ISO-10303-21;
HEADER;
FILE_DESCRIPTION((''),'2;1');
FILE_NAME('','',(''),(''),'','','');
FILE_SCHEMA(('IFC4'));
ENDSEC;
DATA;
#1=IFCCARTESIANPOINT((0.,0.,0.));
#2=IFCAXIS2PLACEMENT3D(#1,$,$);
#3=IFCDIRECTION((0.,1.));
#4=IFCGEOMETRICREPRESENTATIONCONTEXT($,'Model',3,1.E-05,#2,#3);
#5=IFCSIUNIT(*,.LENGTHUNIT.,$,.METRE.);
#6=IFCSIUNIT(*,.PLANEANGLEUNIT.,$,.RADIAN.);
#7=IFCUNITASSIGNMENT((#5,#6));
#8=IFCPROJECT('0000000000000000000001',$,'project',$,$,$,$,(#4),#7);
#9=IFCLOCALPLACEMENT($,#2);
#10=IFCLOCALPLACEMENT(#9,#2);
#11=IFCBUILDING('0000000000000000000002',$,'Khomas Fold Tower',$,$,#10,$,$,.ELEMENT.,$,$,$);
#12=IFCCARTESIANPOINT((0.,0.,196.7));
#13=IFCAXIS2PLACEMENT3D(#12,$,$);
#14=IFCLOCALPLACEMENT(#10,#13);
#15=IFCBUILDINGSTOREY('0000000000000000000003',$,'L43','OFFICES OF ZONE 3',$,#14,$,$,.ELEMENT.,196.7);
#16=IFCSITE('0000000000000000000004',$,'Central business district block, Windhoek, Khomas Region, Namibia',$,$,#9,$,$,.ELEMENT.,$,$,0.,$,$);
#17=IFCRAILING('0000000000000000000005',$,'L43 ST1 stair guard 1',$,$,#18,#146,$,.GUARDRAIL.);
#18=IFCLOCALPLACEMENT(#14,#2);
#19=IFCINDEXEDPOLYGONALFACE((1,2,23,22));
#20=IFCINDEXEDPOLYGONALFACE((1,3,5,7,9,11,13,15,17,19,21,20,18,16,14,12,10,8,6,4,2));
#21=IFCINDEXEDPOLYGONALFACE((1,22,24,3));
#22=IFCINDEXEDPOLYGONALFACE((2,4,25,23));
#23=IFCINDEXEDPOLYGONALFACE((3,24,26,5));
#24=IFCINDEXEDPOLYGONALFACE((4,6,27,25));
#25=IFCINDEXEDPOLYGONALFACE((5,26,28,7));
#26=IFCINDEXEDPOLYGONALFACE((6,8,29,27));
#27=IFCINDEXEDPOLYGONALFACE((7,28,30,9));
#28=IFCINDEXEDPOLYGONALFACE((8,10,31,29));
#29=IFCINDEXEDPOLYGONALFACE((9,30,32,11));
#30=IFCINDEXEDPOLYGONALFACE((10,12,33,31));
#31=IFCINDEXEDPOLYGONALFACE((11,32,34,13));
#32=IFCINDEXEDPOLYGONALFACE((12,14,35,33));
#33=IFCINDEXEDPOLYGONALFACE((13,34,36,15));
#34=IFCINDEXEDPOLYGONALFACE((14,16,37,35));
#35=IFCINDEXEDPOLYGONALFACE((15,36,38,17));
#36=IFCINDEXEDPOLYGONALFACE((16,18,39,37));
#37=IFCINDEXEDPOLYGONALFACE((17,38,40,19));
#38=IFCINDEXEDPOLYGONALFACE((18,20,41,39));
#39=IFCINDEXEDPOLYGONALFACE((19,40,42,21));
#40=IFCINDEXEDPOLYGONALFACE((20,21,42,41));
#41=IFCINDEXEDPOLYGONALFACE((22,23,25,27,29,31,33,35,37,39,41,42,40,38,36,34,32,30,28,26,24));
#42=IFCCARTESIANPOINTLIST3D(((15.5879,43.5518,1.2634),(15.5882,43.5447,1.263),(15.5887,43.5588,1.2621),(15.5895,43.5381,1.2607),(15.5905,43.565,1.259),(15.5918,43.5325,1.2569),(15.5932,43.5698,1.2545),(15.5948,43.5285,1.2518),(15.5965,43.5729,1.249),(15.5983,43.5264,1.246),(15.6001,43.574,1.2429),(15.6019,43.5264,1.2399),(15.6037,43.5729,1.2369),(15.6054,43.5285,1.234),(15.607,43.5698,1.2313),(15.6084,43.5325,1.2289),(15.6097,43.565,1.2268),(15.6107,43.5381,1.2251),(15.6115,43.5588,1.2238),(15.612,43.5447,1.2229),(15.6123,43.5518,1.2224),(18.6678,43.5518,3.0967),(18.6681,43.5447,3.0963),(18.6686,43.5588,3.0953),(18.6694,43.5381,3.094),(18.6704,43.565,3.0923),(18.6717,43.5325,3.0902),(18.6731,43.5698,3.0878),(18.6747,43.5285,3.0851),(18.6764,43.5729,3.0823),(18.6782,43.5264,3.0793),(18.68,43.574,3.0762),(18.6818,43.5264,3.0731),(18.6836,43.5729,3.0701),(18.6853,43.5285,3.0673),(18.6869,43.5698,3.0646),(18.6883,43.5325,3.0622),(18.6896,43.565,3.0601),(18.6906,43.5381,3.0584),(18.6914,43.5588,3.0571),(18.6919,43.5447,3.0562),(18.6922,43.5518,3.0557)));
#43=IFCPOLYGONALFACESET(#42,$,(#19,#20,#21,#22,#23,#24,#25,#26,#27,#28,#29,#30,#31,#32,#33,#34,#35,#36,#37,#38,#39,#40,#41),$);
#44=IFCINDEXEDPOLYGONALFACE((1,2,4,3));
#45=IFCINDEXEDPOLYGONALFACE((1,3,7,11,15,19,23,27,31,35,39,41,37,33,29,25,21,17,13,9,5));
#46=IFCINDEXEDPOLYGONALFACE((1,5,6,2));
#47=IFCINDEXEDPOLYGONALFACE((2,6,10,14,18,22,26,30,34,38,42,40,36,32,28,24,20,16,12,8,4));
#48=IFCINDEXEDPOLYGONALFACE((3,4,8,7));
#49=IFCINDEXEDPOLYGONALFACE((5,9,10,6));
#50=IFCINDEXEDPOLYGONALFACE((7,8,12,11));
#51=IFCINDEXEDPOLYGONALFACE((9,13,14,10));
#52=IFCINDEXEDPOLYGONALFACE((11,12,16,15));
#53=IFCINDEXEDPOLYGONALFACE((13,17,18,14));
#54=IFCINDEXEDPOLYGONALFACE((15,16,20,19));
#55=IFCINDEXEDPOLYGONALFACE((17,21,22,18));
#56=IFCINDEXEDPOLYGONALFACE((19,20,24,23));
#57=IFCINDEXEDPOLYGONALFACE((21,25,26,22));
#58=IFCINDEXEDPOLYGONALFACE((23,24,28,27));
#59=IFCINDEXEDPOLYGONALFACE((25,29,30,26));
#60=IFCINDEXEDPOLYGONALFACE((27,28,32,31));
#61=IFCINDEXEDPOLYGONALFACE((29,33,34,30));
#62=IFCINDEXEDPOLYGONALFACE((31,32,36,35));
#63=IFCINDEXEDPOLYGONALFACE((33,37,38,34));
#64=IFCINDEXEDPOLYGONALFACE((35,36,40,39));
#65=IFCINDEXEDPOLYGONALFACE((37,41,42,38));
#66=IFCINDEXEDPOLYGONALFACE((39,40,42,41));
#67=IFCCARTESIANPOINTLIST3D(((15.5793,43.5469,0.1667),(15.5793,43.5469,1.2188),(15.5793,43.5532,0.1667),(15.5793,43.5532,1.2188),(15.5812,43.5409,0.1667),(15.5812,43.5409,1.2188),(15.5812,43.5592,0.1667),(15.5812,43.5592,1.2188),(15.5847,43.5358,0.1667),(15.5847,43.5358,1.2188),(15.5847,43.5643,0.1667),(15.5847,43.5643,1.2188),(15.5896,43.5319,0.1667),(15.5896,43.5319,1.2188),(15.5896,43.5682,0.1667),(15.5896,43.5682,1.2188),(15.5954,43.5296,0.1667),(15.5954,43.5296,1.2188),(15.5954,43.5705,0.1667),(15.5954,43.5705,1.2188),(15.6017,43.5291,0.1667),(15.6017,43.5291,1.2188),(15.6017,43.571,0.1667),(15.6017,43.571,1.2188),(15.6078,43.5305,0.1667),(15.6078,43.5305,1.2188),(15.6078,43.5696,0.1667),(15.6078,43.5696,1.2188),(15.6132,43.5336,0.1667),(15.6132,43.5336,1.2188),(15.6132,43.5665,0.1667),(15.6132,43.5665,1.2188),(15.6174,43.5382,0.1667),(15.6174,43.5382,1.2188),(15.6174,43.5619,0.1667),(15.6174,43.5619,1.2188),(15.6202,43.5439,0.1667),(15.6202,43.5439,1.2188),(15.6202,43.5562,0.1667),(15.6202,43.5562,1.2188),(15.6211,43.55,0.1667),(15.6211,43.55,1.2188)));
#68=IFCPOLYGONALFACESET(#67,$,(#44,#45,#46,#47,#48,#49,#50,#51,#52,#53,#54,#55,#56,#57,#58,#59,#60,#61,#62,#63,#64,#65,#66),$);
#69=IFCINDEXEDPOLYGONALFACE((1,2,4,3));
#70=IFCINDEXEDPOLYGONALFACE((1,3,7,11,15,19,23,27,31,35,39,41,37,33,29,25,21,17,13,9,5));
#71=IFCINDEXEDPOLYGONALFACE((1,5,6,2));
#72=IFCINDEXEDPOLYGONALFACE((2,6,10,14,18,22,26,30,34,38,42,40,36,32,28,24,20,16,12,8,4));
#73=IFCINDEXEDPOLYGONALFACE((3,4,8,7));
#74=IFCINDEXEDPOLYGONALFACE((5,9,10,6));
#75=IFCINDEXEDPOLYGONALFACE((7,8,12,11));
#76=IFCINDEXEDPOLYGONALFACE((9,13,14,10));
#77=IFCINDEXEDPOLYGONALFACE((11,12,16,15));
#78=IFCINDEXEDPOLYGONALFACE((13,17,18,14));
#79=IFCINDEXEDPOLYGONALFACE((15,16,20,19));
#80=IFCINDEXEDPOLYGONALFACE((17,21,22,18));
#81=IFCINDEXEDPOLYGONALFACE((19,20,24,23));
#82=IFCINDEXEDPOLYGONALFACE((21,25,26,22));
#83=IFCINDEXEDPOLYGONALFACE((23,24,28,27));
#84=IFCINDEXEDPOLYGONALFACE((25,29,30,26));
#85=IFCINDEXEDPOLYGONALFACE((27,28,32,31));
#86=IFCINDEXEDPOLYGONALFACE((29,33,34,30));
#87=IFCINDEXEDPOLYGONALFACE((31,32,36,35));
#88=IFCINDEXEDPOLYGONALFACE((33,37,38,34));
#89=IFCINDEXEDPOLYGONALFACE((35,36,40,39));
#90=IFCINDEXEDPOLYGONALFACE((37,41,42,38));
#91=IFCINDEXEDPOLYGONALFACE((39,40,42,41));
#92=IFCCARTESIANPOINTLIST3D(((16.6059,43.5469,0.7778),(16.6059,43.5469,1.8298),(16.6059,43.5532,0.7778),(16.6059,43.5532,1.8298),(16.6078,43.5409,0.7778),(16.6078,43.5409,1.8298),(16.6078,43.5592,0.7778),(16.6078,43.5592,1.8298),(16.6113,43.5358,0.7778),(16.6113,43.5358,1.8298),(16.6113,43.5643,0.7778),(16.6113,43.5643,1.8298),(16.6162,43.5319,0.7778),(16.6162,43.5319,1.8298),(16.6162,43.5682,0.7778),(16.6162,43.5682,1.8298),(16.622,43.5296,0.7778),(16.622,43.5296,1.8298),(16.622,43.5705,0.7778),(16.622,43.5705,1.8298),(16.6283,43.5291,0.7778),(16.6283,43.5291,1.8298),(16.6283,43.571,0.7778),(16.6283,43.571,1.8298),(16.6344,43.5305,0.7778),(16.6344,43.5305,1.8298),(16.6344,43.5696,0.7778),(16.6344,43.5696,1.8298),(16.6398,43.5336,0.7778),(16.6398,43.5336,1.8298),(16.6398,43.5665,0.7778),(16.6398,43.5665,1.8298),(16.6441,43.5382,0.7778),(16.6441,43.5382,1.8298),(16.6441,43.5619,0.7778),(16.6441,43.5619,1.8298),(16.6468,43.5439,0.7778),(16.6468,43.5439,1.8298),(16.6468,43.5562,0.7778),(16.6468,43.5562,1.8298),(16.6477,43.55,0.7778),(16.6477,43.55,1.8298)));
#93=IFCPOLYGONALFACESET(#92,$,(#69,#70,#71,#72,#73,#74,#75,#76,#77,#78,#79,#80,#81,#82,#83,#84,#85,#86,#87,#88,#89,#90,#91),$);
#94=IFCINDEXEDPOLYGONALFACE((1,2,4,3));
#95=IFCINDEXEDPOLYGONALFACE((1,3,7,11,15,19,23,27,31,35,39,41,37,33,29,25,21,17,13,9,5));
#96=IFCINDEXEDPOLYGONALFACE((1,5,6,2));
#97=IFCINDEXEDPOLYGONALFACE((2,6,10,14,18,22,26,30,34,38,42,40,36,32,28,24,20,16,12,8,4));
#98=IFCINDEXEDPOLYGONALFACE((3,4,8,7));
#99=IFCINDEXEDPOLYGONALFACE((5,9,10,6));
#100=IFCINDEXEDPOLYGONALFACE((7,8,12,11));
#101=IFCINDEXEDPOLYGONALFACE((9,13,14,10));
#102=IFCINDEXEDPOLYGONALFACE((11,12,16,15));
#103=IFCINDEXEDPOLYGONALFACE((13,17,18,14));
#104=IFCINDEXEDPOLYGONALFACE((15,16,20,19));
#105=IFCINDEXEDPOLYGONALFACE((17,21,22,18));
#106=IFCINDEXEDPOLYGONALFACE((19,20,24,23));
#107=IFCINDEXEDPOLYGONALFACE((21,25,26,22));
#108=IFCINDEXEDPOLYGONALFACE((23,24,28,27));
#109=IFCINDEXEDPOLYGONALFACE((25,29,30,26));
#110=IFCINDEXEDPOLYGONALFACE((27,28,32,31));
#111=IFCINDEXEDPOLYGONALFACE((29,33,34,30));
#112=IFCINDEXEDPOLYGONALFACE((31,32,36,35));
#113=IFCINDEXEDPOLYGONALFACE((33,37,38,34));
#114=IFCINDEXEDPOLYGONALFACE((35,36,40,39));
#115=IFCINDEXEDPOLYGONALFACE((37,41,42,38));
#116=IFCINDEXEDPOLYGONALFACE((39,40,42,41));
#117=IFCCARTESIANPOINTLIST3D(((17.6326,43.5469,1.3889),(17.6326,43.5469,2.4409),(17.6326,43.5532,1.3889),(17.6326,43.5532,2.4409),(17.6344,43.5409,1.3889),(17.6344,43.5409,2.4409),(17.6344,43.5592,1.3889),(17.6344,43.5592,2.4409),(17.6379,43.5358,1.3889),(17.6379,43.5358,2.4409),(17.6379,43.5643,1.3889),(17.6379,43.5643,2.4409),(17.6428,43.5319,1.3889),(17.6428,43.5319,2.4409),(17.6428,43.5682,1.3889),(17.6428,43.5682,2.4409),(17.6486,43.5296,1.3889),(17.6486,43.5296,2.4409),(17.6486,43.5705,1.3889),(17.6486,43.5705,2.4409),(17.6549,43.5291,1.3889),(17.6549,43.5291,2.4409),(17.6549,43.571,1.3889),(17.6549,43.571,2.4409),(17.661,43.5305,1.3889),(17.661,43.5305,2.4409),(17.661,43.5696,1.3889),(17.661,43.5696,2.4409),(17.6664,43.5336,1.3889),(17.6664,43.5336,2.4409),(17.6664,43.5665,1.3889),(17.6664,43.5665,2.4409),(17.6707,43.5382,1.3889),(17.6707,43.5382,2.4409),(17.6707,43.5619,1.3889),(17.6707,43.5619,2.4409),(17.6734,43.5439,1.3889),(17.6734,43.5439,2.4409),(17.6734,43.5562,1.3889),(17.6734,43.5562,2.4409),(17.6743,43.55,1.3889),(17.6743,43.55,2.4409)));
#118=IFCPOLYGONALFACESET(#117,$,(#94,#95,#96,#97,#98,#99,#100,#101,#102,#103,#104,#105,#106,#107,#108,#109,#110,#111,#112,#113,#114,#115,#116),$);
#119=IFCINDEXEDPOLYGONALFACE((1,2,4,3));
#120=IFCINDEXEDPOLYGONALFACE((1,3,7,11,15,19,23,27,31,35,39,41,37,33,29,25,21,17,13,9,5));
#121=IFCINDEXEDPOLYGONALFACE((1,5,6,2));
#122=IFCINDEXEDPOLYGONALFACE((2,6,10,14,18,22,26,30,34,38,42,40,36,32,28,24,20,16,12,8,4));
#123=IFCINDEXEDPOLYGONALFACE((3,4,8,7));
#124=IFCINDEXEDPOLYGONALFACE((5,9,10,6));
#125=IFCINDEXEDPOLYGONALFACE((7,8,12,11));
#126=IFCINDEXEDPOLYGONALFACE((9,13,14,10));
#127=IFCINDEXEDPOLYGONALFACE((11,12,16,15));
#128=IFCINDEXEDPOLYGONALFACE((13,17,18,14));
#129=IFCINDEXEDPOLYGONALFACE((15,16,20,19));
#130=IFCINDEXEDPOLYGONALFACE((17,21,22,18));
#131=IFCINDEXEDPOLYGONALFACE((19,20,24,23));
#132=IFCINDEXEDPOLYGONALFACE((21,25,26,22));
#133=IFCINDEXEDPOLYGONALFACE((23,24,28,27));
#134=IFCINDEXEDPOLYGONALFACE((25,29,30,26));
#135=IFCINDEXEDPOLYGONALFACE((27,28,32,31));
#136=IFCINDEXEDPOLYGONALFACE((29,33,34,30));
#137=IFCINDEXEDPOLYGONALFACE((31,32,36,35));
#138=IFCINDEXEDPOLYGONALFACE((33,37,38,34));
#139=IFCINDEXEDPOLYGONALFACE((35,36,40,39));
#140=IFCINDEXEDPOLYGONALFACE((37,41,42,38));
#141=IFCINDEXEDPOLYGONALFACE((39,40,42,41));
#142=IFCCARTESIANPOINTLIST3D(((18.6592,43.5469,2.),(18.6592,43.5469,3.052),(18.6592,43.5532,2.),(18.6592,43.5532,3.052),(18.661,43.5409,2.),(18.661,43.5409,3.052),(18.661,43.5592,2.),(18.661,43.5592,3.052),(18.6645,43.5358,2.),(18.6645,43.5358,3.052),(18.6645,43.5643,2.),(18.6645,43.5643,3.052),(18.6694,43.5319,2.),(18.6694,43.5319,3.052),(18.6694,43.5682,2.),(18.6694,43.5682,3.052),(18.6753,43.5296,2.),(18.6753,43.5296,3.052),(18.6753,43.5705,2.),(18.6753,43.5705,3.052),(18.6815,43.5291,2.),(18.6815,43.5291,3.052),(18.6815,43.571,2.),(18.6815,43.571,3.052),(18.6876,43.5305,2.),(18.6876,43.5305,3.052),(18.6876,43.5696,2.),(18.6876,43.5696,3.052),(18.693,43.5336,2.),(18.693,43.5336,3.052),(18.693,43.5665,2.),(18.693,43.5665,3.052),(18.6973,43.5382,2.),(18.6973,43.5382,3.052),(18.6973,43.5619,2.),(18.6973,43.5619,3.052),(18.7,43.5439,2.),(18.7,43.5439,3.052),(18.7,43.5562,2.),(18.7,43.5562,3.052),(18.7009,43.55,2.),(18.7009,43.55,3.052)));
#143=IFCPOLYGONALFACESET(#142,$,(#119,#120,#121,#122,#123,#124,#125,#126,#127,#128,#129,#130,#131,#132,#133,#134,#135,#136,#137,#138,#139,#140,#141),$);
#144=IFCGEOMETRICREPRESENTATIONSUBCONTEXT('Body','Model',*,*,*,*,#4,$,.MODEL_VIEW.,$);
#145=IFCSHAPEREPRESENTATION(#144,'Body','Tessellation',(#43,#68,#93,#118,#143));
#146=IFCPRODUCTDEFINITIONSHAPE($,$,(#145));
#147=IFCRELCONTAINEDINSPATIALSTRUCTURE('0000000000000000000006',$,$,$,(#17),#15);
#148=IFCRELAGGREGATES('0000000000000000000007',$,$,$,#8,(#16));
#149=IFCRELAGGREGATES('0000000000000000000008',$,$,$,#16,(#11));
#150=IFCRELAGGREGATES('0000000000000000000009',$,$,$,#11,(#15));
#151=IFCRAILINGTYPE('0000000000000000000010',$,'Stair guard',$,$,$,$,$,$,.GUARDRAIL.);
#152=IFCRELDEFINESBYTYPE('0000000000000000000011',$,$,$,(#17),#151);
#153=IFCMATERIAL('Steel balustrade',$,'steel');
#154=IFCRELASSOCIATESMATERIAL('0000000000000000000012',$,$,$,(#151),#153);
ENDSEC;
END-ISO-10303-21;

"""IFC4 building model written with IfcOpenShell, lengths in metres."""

from ifc_helpers import new_model, si_unit, direction, frame, origin, origin_2d, place, context, subcontext, project, spatial, circle, extrude, source, transform, mapped, material, type_object, element, save


model = new_model("IFC4")

# Units and contexts
model_context = context("Model", 3, precision=1e-05, world=origin(), true_north=direction((0.0, 1.0)))
body_context = subcontext(model_context, "Body", "Model", "MODEL_VIEW")
ifc_project = project(units=[si_unit("LENGTHUNIT", "METRE"), si_unit("PLANEANGLEUNIT", "RADIAN")], contexts=[model_context])

# Site, building, storey
site_placement = place(None, origin())
site = spatial("IfcSite", under=ifc_project, at=site_placement, Name="Central business district block, Windhoek, Khomas Region, Namibia", CompositionType="ELEMENT", RefElevation=0.0)
building_placement = place(site_placement, origin())
building = spatial("IfcBuilding", under=site, at=building_placement, Name="Khomas Fold Tower", CompositionType="ELEMENT")
storey_placement = place(building_placement, frame((0.0, 0.0, 196.7)))
storey = spatial("IfcBuildingStorey", under=building, at=storey_placement, Name="L43", Description="OFFICES OF ZONE 3", CompositionType="ELEMENT", Elevation=196.7)

# Railing
ifc_material_1 = material(Name="Steel balustrade", Category="steel")
railing_type_1 = type_object("IfcRailingType", Name="Stair guard", PredefinedType="GUARDRAIL", material=ifc_material_1)
shared_shape_1 = source(origin(), body_context, "Body", "SweptSolid", [
    extrude(circle(Radius=0.0239, at=origin_2d()), frame((0.0, 0.0, 1.0762), z_axis=(0.859291, 0.0, 0.511487), x_axis=(0.0, 1.0, 0.0)), (0.0, 0.0, 1.0), 3.5842),
    extrude(circle(Radius=0.021, at=origin_2d()), origin(), (0.0, 0.0, 1.0), 1.052),
    extrude(circle(Radius=0.021, at=origin_2d()), frame((1.0266, 0.0, 0.6111)), (0.0, 0.0, 1.0), 1.052),
    extrude(circle(Radius=0.021, at=origin_2d()), frame((2.0532, 0.0, 1.2222)), (0.0, 0.0, 1.0), 1.052),
    extrude(circle(Radius=0.021, at=origin_2d()), frame((3.0798, 0.0, 1.8333)), (0.0, 0.0, 1.0), 1.052),
])
railing_1_placement = place(storey_placement, frame((15.6001, 43.55, 0.1667)))
element("IfcRailing", 1, at=railing_1_placement, inside=storey, type_object=railing_type_1, Name="L43 ST1 stair guard 1", PredefinedType="GUARDRAIL", context=body_context, shape_type="MappedRepresentation", body=[
    mapped(shared_shape_1, transform((0.0, 0.0, 0.0))),
])

save(model, "model.ifc")
